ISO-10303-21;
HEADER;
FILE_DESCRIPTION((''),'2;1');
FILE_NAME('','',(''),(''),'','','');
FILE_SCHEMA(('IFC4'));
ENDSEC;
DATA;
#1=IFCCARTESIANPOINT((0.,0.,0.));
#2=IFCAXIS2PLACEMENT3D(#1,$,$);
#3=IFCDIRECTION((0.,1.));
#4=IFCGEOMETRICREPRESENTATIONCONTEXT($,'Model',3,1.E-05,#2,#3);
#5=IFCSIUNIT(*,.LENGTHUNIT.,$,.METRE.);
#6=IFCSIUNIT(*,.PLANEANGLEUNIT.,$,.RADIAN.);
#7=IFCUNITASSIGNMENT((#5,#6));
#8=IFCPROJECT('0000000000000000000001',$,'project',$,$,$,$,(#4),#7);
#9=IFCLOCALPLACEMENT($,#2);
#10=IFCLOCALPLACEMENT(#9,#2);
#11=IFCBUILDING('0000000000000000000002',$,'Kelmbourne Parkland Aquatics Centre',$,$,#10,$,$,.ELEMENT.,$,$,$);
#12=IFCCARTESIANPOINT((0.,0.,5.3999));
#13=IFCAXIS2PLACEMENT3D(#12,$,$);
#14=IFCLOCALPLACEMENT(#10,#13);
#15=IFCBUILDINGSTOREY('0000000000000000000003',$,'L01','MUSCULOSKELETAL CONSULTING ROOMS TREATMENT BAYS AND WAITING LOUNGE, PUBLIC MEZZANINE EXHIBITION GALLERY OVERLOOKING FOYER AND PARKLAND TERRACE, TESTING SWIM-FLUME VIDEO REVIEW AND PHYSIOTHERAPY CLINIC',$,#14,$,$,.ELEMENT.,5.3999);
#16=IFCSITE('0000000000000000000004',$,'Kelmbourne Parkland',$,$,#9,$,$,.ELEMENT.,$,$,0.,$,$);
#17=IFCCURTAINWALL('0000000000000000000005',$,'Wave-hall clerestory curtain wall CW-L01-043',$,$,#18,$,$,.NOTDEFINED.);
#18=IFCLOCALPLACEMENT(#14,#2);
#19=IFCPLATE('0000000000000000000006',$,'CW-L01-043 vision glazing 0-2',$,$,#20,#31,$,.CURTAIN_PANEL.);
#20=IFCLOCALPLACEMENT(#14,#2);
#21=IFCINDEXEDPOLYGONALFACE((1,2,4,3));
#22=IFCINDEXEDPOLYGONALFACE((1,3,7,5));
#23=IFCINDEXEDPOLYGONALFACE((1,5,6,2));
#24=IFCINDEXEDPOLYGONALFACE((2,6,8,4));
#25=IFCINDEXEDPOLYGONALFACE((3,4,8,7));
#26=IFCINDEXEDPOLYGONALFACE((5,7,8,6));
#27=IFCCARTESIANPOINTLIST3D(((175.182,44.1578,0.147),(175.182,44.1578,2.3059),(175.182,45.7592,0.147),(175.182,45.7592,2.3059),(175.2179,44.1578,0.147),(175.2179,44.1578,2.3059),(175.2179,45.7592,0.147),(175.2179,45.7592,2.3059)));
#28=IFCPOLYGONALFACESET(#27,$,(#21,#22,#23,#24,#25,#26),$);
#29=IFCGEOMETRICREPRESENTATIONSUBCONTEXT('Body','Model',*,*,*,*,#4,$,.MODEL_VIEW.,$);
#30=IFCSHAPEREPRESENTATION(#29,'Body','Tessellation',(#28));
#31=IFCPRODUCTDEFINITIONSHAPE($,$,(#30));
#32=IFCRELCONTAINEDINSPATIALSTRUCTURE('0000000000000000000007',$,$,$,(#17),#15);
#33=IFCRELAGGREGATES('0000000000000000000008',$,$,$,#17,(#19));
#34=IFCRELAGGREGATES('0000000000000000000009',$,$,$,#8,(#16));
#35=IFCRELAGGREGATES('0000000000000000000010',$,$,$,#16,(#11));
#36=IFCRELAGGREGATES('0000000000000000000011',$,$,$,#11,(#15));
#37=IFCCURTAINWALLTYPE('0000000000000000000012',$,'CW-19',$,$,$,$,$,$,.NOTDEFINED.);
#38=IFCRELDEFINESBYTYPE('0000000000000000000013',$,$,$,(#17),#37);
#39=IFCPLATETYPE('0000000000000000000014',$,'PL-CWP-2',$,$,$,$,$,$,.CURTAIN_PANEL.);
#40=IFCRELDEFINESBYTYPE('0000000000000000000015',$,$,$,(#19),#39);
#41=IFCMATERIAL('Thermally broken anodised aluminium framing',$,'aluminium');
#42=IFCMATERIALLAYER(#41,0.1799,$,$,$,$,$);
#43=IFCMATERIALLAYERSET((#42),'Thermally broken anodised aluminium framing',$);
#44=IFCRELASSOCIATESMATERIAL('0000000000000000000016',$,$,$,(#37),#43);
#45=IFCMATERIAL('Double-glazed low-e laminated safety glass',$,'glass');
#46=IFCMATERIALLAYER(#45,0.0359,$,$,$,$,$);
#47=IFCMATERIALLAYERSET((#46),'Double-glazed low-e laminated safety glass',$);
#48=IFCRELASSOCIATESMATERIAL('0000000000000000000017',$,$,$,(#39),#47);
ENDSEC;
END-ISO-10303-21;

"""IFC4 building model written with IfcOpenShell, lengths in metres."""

from ifc_helpers import new_model, si_unit, direction, frame, origin, origin_2d, place, context, subcontext, project, spatial, rectangle, extrude, material, layer, layer_set, type_object, element, aggregate, save


model = new_model("IFC4")

# Units and contexts
model_context = context("Model", 3, precision=1e-05, world=origin(), true_north=direction((0.0, 1.0)))
body_context = subcontext(model_context, "Body", "Model", "MODEL_VIEW")
ifc_project = project(units=[si_unit("LENGTHUNIT", "METRE"), si_unit("PLANEANGLEUNIT", "RADIAN")], contexts=[model_context])

# Site, building, storey
site_placement = place(None, origin())
site = spatial("IfcSite", under=ifc_project, at=site_placement, Name="Kelmbourne Parkland", CompositionType="ELEMENT", RefElevation=0.0)
building_placement = place(site_placement, origin())
building = spatial("IfcBuilding", under=site, at=building_placement, Name="Kelmbourne Parkland Aquatics Centre", CompositionType="ELEMENT")
storey_placement = place(building_placement, frame((0.0, 0.0, 5.3999)))
storey = spatial("IfcBuildingStorey", under=building, at=storey_placement, Name="L01", Description="MUSCULOSKELETAL CONSULTING ROOMS TREATMENT BAYS AND WAITING LOUNGE, PUBLIC MEZZANINE EXHIBITION GALLERY OVERLOOKING FOYER AND PARKLAND TERRACE, TESTING SWIM-FLUME VIDEO REVIEW AND PHYSIOTHERAPY CLINIC", CompositionType="ELEMENT", Elevation=5.3999)

# Shared definitions
ifc_material_1 = material(Name="Thermally broken anodised aluminium framing", Category="aluminium")

# Curtain wall
ifc_layer_1 = layer(ifc_material_1, 0.1799)
ifc_layer_set_1 = layer_set([ifc_layer_1], Name="Thermally broken anodised aluminium framing")
curtain_wall_type_1 = type_object("IfcCurtainWallType", Name="CW-19", PredefinedType="NOTDEFINED", material=ifc_layer_set_1)
curtain_wall_1_placement = place(storey_placement, origin())
curtain_wall_1 = element("IfcCurtainWall", 1, at=curtain_wall_1_placement, inside=storey, type_object=curtain_wall_type_1, Name="Wave-hall clerestory curtain wall CW-L01-043", PredefinedType="NOTDEFINED")

# Plate
ifc_material_2 = material(Name="Double-glazed low-e laminated safety glass", Category="glass")
ifc_layer_2 = layer(ifc_material_2, 0.0359)
ifc_layer_set_2 = layer_set([ifc_layer_2], Name="Double-glazed low-e laminated safety glass")
plate_type_1 = type_object("IfcPlateType", Name="PL-CWP-2", PredefinedType="CURTAIN_PANEL", material=ifc_layer_set_2)
plate_1_placement = place(storey_placement, frame((175.2, 44.9585, 0.147), z_axis=(0.0, 0.0, 1.0), x_axis=(0.0, 1.0, 0.0)))
plate_1 = element("IfcPlate", 2, at=plate_1_placement, type_object=plate_type_1, Name="CW-L01-043 vision glazing 0-2", PredefinedType="CURTAIN_PANEL", context=body_context, shape_type="SweptSolid", body=[
    extrude(rectangle(XDim=1.6013, YDim=0.0359, at=origin_2d()), origin(), (0.0, 0.0, 1.0), 2.1589),
])
aggregate(curtain_wall_1, [plate_1])

save(model, "model.ifc")
